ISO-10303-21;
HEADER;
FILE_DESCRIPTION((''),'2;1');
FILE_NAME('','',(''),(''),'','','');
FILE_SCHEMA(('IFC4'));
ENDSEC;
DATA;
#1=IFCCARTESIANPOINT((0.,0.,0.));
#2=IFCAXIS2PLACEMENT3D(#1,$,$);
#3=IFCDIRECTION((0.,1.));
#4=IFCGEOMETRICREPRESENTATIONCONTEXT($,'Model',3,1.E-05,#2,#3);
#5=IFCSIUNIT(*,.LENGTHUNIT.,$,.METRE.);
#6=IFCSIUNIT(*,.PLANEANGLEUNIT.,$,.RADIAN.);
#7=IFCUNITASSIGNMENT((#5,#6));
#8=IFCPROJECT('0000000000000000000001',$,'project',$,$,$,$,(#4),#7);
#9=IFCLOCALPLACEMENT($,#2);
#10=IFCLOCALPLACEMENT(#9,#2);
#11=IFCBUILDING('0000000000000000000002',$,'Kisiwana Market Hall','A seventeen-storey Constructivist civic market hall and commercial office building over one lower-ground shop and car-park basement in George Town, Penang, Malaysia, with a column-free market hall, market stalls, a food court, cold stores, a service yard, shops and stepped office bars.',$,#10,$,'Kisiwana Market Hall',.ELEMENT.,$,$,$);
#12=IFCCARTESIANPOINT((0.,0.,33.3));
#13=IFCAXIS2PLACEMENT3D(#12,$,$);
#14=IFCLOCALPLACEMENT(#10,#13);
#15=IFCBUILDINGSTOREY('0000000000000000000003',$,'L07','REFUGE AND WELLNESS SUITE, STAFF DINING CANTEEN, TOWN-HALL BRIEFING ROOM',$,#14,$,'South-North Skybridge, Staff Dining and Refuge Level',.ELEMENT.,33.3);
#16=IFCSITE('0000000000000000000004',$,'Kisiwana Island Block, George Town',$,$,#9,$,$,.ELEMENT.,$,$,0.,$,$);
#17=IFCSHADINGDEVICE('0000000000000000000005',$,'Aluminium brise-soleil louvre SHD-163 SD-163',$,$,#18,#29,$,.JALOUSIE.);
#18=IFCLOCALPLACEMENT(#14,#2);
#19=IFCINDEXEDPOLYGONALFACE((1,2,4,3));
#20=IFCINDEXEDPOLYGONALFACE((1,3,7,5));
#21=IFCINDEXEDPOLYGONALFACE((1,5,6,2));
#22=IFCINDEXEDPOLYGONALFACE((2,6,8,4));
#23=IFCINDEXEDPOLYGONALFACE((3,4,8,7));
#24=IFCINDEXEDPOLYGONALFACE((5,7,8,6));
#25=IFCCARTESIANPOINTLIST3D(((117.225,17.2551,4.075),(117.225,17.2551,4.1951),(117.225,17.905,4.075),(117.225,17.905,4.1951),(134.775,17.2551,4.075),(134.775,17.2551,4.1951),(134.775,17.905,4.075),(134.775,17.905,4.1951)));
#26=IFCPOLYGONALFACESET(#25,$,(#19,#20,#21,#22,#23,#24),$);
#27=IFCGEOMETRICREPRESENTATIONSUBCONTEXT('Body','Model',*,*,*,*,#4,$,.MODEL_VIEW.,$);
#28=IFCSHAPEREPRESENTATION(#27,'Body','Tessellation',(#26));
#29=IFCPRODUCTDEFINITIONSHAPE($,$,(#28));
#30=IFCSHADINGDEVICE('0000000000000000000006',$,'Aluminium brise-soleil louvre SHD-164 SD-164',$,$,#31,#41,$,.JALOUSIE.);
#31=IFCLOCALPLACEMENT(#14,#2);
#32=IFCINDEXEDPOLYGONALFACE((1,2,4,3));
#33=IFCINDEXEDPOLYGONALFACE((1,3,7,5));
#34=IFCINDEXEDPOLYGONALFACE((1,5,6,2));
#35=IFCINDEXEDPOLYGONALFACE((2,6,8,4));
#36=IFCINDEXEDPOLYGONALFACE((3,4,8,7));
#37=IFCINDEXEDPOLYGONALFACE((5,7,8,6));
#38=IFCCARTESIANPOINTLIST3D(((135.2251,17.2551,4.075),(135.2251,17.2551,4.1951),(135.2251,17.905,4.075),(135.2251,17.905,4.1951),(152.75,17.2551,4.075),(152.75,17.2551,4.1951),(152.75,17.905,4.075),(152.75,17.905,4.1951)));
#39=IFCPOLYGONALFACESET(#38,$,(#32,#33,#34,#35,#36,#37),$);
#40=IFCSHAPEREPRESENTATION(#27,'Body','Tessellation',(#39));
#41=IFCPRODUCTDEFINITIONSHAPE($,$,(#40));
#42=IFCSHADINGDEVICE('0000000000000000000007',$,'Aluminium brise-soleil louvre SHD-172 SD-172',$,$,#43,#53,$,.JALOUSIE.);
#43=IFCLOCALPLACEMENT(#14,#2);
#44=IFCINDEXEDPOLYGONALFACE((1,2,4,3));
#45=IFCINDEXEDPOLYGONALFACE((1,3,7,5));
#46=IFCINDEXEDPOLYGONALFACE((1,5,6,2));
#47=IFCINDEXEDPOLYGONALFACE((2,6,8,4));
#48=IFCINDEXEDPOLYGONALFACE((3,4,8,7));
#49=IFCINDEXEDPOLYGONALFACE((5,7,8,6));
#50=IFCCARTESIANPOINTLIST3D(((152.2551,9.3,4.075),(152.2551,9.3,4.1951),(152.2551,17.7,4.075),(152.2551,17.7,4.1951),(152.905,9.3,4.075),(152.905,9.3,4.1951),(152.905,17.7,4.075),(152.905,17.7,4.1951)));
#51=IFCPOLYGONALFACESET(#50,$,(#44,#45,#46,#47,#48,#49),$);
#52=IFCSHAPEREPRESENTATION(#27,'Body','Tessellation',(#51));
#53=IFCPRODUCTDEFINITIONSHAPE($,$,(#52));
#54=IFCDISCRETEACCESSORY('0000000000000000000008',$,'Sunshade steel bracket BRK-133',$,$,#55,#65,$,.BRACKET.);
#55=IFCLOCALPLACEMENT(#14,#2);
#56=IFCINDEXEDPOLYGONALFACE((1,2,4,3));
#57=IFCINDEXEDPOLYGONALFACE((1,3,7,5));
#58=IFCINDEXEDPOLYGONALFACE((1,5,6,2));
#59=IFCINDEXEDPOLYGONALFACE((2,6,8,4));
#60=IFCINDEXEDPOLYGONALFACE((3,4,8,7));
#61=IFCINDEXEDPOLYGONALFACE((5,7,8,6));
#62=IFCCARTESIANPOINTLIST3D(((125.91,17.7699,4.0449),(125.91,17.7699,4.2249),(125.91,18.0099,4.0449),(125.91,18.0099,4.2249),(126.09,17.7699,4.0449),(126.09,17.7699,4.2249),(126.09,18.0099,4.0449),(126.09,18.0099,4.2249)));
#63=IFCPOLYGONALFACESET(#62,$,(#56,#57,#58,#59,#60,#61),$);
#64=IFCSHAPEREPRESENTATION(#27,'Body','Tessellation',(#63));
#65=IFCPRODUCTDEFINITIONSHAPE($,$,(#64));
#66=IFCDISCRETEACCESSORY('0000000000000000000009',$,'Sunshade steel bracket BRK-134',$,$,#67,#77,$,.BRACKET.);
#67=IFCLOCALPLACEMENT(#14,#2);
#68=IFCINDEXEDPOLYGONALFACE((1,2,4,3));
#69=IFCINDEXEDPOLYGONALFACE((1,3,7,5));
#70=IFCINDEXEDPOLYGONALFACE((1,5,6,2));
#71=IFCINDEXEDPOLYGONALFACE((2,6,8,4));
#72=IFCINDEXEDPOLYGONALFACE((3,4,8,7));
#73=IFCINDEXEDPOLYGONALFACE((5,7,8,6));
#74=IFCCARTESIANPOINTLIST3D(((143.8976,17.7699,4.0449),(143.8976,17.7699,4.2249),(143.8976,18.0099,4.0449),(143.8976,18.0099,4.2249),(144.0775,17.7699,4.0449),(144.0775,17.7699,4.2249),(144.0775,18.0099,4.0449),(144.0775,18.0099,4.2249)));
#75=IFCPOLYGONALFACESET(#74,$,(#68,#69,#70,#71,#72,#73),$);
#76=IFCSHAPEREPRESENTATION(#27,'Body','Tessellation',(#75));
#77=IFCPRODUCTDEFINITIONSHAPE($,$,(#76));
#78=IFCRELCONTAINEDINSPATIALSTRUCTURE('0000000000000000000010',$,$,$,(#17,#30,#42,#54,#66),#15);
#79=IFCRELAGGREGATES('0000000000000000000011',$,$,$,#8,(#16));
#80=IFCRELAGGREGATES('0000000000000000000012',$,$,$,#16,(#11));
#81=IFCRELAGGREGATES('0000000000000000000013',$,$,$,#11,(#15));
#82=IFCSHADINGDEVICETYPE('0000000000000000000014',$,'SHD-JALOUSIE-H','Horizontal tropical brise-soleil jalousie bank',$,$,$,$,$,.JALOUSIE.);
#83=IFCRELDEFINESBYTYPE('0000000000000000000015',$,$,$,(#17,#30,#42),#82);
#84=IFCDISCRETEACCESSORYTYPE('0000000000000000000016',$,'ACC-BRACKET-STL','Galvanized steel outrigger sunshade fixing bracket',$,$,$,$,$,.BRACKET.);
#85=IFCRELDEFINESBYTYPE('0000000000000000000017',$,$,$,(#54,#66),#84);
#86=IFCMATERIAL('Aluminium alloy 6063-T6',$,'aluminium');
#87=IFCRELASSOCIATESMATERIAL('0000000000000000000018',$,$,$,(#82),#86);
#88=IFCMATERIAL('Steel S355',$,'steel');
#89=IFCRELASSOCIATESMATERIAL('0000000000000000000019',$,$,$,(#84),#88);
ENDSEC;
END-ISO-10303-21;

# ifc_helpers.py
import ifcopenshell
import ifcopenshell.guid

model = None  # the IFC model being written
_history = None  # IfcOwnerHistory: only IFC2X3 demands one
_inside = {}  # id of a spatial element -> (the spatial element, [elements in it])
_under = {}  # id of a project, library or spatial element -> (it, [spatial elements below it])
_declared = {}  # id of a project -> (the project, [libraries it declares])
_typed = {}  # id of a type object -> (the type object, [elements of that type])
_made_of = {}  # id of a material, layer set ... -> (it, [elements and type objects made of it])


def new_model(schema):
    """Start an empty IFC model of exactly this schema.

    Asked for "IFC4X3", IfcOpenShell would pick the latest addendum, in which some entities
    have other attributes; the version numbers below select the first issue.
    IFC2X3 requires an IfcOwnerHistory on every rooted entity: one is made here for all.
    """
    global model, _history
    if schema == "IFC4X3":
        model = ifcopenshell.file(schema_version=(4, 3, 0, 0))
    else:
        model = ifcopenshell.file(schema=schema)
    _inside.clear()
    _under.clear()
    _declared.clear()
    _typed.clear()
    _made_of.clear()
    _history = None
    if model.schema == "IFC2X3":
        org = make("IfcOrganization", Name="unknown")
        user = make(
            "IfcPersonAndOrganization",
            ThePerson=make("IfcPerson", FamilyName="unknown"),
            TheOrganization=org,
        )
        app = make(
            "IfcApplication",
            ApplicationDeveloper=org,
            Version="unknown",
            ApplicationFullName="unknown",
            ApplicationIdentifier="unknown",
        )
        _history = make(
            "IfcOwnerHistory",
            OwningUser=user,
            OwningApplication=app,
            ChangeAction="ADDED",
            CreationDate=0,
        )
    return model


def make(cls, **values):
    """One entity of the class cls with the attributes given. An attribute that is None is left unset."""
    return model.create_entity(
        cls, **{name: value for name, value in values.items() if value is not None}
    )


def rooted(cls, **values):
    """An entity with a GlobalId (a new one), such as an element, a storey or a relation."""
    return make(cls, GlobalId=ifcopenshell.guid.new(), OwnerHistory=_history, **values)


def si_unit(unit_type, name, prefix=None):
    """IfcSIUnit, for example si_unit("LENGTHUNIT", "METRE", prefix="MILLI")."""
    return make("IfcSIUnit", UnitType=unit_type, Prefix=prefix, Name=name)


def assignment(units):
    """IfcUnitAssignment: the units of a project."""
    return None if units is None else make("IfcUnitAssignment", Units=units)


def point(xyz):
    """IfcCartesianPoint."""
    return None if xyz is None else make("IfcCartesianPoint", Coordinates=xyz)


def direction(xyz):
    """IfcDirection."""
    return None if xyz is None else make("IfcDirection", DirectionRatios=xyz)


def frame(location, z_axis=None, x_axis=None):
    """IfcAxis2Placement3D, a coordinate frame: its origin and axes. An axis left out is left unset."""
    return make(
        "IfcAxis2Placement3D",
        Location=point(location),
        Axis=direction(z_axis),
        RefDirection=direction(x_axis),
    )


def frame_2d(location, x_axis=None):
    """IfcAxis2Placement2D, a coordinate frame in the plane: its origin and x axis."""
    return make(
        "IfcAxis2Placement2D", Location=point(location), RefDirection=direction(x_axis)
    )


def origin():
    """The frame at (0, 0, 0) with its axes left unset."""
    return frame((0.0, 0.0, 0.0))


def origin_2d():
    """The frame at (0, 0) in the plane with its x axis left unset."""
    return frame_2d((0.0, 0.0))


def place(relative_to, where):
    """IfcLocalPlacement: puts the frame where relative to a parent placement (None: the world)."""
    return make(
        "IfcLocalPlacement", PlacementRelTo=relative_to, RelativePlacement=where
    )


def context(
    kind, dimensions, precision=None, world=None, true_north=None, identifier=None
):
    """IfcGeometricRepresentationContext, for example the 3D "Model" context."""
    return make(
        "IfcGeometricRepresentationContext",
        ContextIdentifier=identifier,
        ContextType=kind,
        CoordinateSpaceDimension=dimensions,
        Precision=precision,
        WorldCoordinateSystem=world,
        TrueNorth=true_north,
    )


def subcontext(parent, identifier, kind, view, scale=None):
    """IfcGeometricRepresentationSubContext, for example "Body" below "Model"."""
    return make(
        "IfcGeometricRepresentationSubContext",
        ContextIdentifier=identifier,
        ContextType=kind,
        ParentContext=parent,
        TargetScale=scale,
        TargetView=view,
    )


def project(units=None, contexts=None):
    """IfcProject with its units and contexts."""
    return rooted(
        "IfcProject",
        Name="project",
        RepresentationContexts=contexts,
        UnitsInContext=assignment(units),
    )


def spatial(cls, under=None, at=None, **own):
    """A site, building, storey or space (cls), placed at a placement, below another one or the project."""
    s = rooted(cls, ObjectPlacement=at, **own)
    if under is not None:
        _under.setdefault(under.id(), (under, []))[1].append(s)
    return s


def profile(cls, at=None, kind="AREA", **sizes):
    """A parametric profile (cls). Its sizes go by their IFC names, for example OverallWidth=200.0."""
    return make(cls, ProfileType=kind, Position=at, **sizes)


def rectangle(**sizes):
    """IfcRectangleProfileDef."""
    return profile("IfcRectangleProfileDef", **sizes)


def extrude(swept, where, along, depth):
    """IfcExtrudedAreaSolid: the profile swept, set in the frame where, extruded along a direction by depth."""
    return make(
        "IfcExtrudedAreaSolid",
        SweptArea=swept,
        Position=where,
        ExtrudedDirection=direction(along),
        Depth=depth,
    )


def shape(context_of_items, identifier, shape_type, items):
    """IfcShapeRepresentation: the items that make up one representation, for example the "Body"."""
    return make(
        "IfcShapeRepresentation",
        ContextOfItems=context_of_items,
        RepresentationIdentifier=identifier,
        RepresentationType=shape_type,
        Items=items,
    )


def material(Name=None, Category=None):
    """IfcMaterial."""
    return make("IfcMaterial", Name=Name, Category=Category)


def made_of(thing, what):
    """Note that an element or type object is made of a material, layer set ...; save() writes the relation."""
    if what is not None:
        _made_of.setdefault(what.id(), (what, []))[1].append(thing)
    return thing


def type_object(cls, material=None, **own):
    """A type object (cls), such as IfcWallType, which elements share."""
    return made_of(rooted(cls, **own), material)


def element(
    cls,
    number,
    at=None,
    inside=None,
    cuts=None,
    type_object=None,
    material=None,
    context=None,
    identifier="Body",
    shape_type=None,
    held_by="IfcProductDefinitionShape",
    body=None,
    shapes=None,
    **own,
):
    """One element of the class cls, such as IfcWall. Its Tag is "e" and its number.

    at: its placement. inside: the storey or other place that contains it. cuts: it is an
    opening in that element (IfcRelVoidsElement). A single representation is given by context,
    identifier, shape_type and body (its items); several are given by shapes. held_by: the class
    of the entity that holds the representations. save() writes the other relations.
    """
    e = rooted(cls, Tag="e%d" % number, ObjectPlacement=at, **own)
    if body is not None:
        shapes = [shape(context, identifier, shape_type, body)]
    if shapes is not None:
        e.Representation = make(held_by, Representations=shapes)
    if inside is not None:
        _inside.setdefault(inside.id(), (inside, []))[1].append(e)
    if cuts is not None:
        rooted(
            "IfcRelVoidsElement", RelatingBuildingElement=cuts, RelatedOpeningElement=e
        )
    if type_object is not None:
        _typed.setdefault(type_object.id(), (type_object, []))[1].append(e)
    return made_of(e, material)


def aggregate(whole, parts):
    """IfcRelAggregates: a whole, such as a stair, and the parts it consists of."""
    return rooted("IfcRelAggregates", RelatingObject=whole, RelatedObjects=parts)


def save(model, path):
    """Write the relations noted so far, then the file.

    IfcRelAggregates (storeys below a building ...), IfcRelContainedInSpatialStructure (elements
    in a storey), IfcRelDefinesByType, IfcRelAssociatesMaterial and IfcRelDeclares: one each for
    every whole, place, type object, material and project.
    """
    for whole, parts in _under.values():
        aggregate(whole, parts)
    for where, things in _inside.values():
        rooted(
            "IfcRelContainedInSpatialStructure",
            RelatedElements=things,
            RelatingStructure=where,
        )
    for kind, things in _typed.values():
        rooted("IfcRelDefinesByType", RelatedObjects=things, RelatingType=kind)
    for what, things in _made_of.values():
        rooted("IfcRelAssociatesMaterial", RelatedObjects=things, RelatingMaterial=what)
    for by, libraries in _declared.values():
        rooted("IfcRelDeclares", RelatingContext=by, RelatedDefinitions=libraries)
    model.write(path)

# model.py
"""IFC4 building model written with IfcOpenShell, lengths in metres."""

from ifc_helpers import new_model, si_unit, direction, frame, origin, origin_2d, place, context, subcontext, project, spatial, rectangle, extrude, material, type_object, element, save


model = new_model("IFC4")

# Units and contexts
model_context = context("Model", 3, precision=1e-05, world=origin(), true_north=direction((0.0, 1.0)))
body_context = subcontext(model_context, "Body", "Model", "MODEL_VIEW")
ifc_project = project(units=[si_unit("LENGTHUNIT", "METRE"), si_unit("PLANEANGLEUNIT", "RADIAN")], contexts=[model_context])

# Site, building, storey
site_placement = place(None, origin())
site = spatial("IfcSite", under=ifc_project, at=site_placement, Name="Kisiwana Island Block, George Town", CompositionType="ELEMENT", RefElevation=0.0)
building_placement = place(site_placement, origin())
building = spatial("IfcBuilding", under=site, at=building_placement, Name="Kisiwana Market Hall", Description="A seventeen-storey Constructivist civic market hall and commercial office building over one lower-ground shop and car-park basement in George Town, Penang, Malaysia, with a column-free market hall, market stalls, a food court, cold stores, a service yard, shops and stepped office bars.", LongName="Kisiwana Market Hall", CompositionType="ELEMENT")
storey_placement = place(building_placement, frame((0.0, 0.0, 33.3)))
storey = spatial("IfcBuildingStorey", under=building, at=storey_placement, Name="L07", Description="REFUGE AND WELLNESS SUITE, STAFF DINING CANTEEN, TOWN-HALL BRIEFING ROOM", LongName="South-North Skybridge, Staff Dining and Refuge Level", CompositionType="ELEMENT", Elevation=33.3)

# Shading devices
ifc_material_1 = material(Name="Aluminium alloy 6063-T6", Category="aluminium")
shading_device_type = type_object("IfcShadingDeviceType", Name="SHD-JALOUSIE-H", Description="Horizontal tropical brise-soleil jalousie bank", PredefinedType="JALOUSIE", material=ifc_material_1)
shading_device_1_placement = place(storey_placement, frame((126.0, 17.5801, 4.075), z_axis=(0.0, 0.0, 1.0), x_axis=(1.0, 0.0, 0.0)))
element("IfcShadingDevice", 1, at=shading_device_1_placement, inside=storey, type_object=shading_device_type, Name="Aluminium brise-soleil louvre SHD-163 SD-163", PredefinedType="JALOUSIE", context=body_context, shape_type="SweptSolid", body=[
    extrude(rectangle(XDim=17.55, YDim=0.6499, at=origin_2d()), origin(), (0.0, 0.0, 1.0), 0.1201),
])
shading_device_2_placement = place(storey_placement, frame((143.9875, 17.5801, 4.075), z_axis=(0.0, 0.0, 1.0), x_axis=(1.0, 0.0, 0.0)))
element("IfcShadingDevice", 2, at=shading_device_2_placement, inside=storey, type_object=shading_device_type, Name="Aluminium brise-soleil louvre SHD-164 SD-164", PredefinedType="JALOUSIE", context=body_context, shape_type="SweptSolid", body=[
    extrude(rectangle(XDim=17.5249, YDim=0.6499, at=origin_2d()), origin(), (0.0, 0.0, 1.0), 0.1201),
])
shading_device_3_placement = place(storey_placement, frame((152.5801, 13.5, 4.075), z_axis=(0.0, 0.0, 1.0), x_axis=(0.0, 1.0, 0.0)))
element("IfcShadingDevice", 3, at=shading_device_3_placement, inside=storey, type_object=shading_device_type, Name="Aluminium brise-soleil louvre SHD-172 SD-172", PredefinedType="JALOUSIE", context=body_context, shape_type="SweptSolid", body=[
    extrude(rectangle(XDim=8.3999, YDim=0.6499, at=origin_2d()), origin(), (0.0, 0.0, 1.0), 0.1201),
])

# Discrete accessories
ifc_material_2 = material(Name="Steel S355", Category="steel")
discrete_accessory_type = type_object("IfcDiscreteAccessoryType", Name="ACC-BRACKET-STL", Description="Galvanized steel outrigger sunshade fixing bracket", PredefinedType="BRACKET", material=ifc_material_2)
for number, where, z_axis, x_axis, name in (
    (4, (126.0, 17.8899, 4.0449), (0.0, 0.0, 1.0), (1.0, 0.0, 0.0), "Sunshade steel bracket BRK-133"),
    (5, (143.9875, 17.8899, 4.0449), (0.0, 0.0, 1.0), (1.0, 0.0, 0.0), "Sunshade steel bracket BRK-134"),
):
    element("IfcDiscreteAccessory", number, at=place(storey_placement, frame(where, z_axis=z_axis, x_axis=x_axis)), inside=storey, type_object=discrete_accessory_type, Name=name, PredefinedType="BRACKET", context=body_context, shape_type="SweptSolid", body=[
        extrude(rectangle(XDim=0.1799, YDim=0.24, at=origin_2d()), origin(), (0.0, 0.0, 1.0), 0.1799),
    ])

save(model, "model.ifc")
